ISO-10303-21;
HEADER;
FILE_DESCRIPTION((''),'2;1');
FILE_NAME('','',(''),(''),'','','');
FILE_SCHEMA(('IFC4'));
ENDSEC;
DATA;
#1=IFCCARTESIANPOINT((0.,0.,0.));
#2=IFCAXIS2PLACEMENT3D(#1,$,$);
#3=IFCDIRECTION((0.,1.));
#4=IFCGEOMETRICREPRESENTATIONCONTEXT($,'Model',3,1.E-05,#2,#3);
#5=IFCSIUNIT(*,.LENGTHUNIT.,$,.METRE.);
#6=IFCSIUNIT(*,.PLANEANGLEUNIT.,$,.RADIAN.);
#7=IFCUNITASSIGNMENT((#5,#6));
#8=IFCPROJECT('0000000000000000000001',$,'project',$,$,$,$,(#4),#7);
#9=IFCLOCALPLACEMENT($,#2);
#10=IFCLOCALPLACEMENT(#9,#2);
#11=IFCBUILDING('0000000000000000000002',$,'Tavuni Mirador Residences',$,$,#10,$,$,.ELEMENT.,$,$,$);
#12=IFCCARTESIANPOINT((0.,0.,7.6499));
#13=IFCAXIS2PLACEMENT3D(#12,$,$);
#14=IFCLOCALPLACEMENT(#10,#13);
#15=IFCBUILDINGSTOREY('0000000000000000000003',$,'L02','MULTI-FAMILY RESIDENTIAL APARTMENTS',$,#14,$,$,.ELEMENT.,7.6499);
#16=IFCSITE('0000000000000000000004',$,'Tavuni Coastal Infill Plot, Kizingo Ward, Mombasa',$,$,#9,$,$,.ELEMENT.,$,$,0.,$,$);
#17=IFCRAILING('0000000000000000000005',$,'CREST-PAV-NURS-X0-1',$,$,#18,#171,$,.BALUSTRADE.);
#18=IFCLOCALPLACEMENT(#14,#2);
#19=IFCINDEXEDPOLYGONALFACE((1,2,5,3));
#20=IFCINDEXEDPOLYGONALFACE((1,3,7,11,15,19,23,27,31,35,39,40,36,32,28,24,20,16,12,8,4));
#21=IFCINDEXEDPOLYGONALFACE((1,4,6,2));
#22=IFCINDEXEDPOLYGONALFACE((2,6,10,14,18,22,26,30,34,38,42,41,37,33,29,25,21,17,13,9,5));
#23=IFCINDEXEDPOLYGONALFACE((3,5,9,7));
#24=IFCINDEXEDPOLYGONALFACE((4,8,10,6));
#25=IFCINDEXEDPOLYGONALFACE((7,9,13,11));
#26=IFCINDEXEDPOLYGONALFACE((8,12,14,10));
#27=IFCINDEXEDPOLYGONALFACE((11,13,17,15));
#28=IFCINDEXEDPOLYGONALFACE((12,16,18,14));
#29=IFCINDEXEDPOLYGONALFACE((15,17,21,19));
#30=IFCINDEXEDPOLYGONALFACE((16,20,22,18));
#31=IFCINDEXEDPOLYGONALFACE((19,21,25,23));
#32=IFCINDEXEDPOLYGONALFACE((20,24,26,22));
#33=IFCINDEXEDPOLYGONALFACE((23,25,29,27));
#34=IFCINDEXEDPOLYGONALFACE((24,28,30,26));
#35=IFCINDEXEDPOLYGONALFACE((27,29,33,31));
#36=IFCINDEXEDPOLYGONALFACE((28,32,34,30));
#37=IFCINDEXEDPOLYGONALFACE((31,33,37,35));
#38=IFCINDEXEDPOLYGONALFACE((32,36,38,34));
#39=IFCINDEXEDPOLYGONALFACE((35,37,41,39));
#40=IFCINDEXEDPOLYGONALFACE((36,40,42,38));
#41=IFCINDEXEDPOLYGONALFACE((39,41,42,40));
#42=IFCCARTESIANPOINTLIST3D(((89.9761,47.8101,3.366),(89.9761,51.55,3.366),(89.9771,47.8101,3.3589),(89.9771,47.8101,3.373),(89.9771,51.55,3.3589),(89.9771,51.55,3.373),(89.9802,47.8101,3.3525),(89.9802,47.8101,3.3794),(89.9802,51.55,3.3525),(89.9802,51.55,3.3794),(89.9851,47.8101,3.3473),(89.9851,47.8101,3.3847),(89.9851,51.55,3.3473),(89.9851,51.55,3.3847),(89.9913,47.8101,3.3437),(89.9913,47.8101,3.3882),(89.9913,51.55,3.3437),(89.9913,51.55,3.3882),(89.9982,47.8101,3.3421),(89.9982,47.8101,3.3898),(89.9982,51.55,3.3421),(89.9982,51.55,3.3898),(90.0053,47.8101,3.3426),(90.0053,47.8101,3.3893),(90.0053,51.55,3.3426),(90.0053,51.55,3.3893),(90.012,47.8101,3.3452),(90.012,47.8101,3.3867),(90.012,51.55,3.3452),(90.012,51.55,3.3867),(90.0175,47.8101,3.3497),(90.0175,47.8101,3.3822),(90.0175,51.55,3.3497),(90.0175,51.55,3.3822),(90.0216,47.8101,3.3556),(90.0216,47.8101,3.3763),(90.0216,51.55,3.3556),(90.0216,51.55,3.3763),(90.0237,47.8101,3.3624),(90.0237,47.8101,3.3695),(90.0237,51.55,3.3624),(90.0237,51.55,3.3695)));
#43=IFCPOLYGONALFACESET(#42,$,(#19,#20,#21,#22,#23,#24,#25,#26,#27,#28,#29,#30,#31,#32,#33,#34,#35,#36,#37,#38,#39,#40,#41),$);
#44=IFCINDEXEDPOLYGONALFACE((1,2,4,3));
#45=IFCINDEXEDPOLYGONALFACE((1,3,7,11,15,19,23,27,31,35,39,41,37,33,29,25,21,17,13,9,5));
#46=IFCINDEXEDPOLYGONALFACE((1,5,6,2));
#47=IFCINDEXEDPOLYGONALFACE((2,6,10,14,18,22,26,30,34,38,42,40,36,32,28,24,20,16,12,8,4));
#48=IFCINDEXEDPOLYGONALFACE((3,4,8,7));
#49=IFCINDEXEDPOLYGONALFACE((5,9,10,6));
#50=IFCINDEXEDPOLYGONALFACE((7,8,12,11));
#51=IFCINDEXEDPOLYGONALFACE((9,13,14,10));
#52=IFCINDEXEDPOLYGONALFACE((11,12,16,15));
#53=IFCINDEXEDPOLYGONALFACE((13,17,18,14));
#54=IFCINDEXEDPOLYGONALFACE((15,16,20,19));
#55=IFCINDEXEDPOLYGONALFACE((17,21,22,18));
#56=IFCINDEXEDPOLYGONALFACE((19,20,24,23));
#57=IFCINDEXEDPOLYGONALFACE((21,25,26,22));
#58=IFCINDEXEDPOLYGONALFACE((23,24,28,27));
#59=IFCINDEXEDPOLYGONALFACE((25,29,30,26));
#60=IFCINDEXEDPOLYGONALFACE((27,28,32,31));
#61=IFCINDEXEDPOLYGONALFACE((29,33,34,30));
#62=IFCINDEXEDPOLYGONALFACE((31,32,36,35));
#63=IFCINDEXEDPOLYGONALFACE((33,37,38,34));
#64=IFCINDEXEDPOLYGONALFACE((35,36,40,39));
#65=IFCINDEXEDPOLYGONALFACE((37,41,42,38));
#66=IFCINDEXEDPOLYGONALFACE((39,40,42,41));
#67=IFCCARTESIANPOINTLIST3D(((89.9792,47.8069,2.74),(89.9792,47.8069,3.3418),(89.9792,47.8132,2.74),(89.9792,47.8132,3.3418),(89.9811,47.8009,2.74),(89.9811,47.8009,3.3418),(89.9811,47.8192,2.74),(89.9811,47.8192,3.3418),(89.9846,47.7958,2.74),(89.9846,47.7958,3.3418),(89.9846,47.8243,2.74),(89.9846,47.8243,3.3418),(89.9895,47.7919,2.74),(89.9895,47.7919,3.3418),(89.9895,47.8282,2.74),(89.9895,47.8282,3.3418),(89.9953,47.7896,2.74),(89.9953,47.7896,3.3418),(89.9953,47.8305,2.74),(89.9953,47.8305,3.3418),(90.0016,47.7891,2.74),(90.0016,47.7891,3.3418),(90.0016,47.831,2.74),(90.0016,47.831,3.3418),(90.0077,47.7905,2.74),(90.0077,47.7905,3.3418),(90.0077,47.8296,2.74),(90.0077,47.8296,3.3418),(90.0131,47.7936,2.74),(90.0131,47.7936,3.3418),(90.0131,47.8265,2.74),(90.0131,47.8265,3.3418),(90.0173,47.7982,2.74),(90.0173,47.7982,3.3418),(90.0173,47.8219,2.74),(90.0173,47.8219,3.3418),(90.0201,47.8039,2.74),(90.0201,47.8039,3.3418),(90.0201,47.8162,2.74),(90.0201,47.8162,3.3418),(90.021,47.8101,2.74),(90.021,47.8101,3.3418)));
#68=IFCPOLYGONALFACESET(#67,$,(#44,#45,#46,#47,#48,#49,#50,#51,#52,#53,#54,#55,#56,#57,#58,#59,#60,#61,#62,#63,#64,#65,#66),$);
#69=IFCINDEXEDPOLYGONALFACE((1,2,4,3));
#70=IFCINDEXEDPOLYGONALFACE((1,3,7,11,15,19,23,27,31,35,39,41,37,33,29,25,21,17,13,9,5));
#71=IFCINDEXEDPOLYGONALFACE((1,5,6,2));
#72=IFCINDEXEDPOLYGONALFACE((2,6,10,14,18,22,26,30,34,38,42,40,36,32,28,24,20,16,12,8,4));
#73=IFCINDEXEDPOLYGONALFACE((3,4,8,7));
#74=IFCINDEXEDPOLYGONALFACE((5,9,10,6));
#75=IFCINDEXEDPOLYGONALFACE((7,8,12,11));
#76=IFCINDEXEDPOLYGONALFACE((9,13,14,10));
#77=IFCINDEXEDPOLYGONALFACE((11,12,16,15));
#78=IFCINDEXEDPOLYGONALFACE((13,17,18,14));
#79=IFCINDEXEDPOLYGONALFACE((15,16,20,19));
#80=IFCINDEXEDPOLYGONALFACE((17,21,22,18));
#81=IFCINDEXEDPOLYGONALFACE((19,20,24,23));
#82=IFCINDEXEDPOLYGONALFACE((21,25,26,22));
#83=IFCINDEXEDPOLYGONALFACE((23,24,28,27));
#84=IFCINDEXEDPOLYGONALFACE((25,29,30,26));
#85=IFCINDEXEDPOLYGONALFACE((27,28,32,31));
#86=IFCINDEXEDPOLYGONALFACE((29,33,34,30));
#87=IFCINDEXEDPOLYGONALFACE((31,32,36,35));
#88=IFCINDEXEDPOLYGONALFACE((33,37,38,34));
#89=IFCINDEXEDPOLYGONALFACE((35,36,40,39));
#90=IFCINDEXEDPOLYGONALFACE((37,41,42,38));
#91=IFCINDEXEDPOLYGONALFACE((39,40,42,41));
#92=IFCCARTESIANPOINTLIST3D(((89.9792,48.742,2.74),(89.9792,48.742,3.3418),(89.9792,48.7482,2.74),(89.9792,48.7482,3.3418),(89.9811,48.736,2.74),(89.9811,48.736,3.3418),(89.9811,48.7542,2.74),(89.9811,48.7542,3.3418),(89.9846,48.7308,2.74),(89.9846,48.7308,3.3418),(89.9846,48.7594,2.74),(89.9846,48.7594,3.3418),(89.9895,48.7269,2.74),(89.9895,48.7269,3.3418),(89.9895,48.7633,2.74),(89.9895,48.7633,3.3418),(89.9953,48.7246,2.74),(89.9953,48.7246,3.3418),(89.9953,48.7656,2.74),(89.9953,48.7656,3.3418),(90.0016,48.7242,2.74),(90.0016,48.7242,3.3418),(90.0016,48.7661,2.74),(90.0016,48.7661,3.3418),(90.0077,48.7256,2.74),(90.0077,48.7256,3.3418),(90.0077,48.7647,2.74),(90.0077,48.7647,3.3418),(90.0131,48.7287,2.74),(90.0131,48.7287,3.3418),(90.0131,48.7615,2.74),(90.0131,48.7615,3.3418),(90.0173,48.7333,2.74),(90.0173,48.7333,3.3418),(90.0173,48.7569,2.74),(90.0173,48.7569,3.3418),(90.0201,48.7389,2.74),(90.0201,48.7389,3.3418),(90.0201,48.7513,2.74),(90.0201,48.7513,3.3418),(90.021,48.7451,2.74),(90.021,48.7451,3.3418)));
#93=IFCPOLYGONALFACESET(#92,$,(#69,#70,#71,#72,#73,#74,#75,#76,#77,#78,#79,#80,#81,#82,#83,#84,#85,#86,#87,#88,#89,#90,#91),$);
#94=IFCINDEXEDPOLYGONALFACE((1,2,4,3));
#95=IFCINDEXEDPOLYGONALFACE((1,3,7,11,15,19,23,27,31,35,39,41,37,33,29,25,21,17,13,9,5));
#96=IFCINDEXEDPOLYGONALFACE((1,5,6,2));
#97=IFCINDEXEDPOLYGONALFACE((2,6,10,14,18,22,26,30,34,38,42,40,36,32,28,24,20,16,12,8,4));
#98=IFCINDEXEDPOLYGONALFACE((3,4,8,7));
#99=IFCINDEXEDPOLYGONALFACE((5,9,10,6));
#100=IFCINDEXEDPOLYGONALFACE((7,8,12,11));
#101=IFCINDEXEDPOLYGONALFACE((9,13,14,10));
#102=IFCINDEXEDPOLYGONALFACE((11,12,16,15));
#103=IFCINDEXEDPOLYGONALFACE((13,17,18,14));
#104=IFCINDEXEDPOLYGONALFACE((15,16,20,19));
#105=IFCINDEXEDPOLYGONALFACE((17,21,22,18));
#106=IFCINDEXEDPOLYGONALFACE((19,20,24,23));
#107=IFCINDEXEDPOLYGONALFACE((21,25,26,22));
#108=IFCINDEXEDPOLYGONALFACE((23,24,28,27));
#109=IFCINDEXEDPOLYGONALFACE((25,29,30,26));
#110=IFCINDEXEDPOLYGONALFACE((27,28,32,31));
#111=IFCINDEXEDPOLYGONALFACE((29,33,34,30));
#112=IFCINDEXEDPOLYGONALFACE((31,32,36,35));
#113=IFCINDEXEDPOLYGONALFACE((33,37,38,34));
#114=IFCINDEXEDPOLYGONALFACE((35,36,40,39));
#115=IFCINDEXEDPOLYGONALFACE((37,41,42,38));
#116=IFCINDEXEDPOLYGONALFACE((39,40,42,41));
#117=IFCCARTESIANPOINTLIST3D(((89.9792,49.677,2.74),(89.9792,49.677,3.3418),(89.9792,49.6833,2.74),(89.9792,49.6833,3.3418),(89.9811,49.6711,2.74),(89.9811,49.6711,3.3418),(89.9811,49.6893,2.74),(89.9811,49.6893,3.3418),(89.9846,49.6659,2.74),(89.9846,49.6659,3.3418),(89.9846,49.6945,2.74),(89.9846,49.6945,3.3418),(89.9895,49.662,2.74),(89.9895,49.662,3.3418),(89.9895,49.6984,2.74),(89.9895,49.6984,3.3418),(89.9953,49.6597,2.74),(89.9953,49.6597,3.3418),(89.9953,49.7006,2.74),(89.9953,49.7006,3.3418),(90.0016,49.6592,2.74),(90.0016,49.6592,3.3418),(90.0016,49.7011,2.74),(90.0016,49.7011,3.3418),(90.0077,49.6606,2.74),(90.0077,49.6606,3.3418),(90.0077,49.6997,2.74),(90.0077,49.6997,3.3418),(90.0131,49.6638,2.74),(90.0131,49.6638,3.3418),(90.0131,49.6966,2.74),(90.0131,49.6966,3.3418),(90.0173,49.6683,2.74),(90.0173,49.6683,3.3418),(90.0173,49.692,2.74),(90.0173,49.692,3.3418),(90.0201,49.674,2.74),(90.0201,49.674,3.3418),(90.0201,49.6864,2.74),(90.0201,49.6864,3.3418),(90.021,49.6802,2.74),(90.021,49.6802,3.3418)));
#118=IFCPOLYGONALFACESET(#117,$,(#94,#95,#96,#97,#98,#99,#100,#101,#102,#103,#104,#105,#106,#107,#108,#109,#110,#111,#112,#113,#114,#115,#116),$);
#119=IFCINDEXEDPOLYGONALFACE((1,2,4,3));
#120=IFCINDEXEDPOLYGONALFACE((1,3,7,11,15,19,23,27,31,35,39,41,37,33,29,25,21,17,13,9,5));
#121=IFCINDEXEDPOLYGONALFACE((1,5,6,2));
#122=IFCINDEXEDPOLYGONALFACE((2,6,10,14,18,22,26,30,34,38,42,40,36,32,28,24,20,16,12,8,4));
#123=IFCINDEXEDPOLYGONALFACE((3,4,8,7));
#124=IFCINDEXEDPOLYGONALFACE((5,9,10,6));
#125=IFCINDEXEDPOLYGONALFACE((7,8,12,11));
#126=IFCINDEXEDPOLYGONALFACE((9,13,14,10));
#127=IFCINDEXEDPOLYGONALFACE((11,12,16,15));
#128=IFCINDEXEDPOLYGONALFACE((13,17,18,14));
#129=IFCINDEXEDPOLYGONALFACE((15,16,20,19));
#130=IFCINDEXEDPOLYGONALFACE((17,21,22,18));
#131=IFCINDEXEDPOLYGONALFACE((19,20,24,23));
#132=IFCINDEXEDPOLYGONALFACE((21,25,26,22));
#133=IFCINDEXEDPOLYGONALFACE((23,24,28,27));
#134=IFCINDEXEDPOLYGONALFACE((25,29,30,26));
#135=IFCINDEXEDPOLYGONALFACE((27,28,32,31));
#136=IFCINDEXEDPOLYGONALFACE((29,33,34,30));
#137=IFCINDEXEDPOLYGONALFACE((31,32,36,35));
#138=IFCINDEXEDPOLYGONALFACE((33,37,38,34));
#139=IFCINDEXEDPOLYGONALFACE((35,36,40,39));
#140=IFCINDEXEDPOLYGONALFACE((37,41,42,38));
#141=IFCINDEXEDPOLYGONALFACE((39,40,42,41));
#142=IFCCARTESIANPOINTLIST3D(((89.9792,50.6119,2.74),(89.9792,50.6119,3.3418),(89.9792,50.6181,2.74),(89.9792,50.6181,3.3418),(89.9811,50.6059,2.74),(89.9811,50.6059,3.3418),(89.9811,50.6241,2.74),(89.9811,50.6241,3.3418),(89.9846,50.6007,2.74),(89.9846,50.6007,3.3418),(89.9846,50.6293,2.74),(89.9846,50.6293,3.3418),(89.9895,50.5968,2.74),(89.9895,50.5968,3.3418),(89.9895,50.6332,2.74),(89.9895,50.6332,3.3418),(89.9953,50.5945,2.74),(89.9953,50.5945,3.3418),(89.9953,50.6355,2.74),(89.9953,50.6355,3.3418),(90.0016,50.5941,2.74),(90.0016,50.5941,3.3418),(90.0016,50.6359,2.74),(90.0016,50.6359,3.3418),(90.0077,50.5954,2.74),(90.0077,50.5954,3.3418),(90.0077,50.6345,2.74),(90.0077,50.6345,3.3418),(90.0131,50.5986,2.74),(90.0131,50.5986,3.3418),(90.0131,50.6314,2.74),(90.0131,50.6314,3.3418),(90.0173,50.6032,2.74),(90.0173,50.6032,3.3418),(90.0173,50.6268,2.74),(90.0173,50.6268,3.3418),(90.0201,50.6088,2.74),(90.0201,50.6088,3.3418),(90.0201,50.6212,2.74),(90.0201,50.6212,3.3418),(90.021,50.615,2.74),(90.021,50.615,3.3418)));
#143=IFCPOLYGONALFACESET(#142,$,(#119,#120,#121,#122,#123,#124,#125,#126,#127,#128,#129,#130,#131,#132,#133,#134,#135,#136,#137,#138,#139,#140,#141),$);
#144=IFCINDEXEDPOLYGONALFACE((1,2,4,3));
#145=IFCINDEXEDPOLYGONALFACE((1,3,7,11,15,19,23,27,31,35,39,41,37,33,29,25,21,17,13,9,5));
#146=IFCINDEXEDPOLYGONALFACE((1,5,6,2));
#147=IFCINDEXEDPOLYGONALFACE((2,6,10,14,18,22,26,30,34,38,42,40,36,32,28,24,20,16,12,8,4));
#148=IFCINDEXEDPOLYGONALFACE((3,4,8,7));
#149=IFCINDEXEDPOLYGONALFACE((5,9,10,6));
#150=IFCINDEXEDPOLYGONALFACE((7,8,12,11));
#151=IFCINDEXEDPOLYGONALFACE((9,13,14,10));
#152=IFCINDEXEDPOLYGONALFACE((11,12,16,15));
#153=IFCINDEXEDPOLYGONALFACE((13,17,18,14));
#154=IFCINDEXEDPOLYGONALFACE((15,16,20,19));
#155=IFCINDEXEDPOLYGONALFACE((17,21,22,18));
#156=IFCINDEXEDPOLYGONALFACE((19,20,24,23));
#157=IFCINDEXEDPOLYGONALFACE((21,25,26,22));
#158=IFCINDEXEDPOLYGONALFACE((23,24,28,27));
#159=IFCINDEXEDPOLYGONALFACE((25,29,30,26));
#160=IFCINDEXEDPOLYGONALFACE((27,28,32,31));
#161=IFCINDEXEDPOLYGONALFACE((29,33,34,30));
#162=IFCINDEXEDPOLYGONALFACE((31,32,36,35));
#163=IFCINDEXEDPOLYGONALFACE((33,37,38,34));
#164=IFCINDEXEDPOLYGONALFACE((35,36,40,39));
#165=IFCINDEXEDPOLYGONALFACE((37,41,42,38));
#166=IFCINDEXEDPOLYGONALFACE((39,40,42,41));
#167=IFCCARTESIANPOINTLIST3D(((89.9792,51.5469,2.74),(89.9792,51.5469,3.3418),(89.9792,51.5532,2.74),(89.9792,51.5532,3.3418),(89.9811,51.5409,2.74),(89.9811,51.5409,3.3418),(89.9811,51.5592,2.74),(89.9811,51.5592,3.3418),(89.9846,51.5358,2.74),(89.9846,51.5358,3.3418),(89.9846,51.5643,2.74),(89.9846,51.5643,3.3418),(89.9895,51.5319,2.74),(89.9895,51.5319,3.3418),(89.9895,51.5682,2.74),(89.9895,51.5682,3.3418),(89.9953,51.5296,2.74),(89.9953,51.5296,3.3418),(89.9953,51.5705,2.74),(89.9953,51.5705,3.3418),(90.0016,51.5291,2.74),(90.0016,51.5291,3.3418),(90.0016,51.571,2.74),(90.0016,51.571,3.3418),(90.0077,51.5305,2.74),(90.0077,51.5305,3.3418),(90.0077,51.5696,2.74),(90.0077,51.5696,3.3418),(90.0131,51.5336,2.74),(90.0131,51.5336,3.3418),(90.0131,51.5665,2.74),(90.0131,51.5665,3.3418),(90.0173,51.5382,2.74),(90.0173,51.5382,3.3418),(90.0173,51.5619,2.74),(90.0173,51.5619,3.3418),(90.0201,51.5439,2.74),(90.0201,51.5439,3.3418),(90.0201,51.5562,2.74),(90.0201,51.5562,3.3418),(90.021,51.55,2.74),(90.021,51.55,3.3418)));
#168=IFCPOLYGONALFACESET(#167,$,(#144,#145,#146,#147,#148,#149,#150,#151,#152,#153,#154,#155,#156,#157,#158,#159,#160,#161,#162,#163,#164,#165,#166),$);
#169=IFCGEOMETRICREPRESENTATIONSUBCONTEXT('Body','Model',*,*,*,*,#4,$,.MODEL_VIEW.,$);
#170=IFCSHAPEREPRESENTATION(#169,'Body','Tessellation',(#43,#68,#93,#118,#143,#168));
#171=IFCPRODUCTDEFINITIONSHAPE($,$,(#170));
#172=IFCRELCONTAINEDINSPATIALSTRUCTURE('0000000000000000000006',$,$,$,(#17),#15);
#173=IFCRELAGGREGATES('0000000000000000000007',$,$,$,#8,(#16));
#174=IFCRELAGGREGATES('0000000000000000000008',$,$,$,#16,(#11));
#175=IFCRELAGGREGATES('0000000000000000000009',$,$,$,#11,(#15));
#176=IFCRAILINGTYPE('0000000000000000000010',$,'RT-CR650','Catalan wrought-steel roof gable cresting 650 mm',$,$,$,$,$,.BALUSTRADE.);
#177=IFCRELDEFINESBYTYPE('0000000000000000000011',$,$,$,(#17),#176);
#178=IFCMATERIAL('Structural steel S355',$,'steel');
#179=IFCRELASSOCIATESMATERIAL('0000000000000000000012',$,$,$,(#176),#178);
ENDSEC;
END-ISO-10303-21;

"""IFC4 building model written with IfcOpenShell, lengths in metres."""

from ifc_helpers import new_model, si_unit, direction, frame, origin, origin_2d, place, context, subcontext, project, spatial, circle, extrude, material, type_object, element, save


model = new_model("IFC4")

# Units and contexts
model_context = context("Model", 3, precision=1e-05, world=origin(), true_north=direction((0.0, 1.0)))
body_context = subcontext(model_context, "Body", "Model", "MODEL_VIEW")
ifc_project = project(units=[si_unit("LENGTHUNIT", "METRE"), si_unit("PLANEANGLEUNIT", "RADIAN")], contexts=[model_context])

# Site, building, storey
site_placement = place(None, origin())
site = spatial("IfcSite", under=ifc_project, at=site_placement, Name="Tavuni Coastal Infill Plot, Kizingo Ward, Mombasa", CompositionType="ELEMENT", RefElevation=0.0)
building_placement = place(site_placement, origin())
building = spatial("IfcBuilding", under=site, at=building_placement, Name="Tavuni Mirador Residences", CompositionType="ELEMENT")
storey_placement = place(building_placement, frame((0.0, 0.0, 7.6499)))
storey = spatial("IfcBuildingStorey", under=building, at=storey_placement, Name="L02", Description="MULTI-FAMILY RESIDENTIAL APARTMENTS", CompositionType="ELEMENT", Elevation=7.6499)

# Shared definitions
ifc_material_1 = material(Name="Structural steel S355", Category="steel")

# Railing
railing_type = type_object("IfcRailingType", Name="RT-CR650", Description="Catalan wrought-steel roof gable cresting 650 mm", PredefinedType="BALUSTRADE", material=ifc_material_1)
for number, where, name in (
    (1, (90.0, 47.8101, 2.74), "CREST-PAV-NURS-X0-1"),
):
    element("IfcRailing", number, at=place(storey_placement, frame(where)), inside=storey, type_object=railing_type, Name=name, PredefinedType="BALUSTRADE", context=body_context, shape_type="SweptSolid", body=[
        extrude(circle(Radius=0.0239, at=origin_2d()), frame((0.0, 0.0, 0.626), z_axis=(0.0, 1.0, 0.0), x_axis=(-1.0, 0.0, 0.0)), (0.0, 0.0, 1.0), 3.74),
        extrude(circle(Radius=0.021, at=origin_2d()), origin(), (0.0, 0.0, 1.0), 0.6018),
        extrude(circle(Radius=0.021, at=origin_2d()), frame((0.0, 0.9351, 0.0)), (0.0, 0.0, 1.0), 0.6018),
        extrude(circle(Radius=0.021, at=origin_2d()), frame((0.0, 1.8701, 0.0)), (0.0, 0.0, 1.0), 0.6018),
        extrude(circle(Radius=0.021, at=origin_2d()), frame((0.0, 2.8049, 0.0)), (0.0, 0.0, 1.0), 0.6018),
        extrude(circle(Radius=0.021, at=origin_2d()), frame((0.0, 3.74, 0.0)), (0.0, 0.0, 1.0), 0.6018),
    ])

save(model, "model.ifc")
